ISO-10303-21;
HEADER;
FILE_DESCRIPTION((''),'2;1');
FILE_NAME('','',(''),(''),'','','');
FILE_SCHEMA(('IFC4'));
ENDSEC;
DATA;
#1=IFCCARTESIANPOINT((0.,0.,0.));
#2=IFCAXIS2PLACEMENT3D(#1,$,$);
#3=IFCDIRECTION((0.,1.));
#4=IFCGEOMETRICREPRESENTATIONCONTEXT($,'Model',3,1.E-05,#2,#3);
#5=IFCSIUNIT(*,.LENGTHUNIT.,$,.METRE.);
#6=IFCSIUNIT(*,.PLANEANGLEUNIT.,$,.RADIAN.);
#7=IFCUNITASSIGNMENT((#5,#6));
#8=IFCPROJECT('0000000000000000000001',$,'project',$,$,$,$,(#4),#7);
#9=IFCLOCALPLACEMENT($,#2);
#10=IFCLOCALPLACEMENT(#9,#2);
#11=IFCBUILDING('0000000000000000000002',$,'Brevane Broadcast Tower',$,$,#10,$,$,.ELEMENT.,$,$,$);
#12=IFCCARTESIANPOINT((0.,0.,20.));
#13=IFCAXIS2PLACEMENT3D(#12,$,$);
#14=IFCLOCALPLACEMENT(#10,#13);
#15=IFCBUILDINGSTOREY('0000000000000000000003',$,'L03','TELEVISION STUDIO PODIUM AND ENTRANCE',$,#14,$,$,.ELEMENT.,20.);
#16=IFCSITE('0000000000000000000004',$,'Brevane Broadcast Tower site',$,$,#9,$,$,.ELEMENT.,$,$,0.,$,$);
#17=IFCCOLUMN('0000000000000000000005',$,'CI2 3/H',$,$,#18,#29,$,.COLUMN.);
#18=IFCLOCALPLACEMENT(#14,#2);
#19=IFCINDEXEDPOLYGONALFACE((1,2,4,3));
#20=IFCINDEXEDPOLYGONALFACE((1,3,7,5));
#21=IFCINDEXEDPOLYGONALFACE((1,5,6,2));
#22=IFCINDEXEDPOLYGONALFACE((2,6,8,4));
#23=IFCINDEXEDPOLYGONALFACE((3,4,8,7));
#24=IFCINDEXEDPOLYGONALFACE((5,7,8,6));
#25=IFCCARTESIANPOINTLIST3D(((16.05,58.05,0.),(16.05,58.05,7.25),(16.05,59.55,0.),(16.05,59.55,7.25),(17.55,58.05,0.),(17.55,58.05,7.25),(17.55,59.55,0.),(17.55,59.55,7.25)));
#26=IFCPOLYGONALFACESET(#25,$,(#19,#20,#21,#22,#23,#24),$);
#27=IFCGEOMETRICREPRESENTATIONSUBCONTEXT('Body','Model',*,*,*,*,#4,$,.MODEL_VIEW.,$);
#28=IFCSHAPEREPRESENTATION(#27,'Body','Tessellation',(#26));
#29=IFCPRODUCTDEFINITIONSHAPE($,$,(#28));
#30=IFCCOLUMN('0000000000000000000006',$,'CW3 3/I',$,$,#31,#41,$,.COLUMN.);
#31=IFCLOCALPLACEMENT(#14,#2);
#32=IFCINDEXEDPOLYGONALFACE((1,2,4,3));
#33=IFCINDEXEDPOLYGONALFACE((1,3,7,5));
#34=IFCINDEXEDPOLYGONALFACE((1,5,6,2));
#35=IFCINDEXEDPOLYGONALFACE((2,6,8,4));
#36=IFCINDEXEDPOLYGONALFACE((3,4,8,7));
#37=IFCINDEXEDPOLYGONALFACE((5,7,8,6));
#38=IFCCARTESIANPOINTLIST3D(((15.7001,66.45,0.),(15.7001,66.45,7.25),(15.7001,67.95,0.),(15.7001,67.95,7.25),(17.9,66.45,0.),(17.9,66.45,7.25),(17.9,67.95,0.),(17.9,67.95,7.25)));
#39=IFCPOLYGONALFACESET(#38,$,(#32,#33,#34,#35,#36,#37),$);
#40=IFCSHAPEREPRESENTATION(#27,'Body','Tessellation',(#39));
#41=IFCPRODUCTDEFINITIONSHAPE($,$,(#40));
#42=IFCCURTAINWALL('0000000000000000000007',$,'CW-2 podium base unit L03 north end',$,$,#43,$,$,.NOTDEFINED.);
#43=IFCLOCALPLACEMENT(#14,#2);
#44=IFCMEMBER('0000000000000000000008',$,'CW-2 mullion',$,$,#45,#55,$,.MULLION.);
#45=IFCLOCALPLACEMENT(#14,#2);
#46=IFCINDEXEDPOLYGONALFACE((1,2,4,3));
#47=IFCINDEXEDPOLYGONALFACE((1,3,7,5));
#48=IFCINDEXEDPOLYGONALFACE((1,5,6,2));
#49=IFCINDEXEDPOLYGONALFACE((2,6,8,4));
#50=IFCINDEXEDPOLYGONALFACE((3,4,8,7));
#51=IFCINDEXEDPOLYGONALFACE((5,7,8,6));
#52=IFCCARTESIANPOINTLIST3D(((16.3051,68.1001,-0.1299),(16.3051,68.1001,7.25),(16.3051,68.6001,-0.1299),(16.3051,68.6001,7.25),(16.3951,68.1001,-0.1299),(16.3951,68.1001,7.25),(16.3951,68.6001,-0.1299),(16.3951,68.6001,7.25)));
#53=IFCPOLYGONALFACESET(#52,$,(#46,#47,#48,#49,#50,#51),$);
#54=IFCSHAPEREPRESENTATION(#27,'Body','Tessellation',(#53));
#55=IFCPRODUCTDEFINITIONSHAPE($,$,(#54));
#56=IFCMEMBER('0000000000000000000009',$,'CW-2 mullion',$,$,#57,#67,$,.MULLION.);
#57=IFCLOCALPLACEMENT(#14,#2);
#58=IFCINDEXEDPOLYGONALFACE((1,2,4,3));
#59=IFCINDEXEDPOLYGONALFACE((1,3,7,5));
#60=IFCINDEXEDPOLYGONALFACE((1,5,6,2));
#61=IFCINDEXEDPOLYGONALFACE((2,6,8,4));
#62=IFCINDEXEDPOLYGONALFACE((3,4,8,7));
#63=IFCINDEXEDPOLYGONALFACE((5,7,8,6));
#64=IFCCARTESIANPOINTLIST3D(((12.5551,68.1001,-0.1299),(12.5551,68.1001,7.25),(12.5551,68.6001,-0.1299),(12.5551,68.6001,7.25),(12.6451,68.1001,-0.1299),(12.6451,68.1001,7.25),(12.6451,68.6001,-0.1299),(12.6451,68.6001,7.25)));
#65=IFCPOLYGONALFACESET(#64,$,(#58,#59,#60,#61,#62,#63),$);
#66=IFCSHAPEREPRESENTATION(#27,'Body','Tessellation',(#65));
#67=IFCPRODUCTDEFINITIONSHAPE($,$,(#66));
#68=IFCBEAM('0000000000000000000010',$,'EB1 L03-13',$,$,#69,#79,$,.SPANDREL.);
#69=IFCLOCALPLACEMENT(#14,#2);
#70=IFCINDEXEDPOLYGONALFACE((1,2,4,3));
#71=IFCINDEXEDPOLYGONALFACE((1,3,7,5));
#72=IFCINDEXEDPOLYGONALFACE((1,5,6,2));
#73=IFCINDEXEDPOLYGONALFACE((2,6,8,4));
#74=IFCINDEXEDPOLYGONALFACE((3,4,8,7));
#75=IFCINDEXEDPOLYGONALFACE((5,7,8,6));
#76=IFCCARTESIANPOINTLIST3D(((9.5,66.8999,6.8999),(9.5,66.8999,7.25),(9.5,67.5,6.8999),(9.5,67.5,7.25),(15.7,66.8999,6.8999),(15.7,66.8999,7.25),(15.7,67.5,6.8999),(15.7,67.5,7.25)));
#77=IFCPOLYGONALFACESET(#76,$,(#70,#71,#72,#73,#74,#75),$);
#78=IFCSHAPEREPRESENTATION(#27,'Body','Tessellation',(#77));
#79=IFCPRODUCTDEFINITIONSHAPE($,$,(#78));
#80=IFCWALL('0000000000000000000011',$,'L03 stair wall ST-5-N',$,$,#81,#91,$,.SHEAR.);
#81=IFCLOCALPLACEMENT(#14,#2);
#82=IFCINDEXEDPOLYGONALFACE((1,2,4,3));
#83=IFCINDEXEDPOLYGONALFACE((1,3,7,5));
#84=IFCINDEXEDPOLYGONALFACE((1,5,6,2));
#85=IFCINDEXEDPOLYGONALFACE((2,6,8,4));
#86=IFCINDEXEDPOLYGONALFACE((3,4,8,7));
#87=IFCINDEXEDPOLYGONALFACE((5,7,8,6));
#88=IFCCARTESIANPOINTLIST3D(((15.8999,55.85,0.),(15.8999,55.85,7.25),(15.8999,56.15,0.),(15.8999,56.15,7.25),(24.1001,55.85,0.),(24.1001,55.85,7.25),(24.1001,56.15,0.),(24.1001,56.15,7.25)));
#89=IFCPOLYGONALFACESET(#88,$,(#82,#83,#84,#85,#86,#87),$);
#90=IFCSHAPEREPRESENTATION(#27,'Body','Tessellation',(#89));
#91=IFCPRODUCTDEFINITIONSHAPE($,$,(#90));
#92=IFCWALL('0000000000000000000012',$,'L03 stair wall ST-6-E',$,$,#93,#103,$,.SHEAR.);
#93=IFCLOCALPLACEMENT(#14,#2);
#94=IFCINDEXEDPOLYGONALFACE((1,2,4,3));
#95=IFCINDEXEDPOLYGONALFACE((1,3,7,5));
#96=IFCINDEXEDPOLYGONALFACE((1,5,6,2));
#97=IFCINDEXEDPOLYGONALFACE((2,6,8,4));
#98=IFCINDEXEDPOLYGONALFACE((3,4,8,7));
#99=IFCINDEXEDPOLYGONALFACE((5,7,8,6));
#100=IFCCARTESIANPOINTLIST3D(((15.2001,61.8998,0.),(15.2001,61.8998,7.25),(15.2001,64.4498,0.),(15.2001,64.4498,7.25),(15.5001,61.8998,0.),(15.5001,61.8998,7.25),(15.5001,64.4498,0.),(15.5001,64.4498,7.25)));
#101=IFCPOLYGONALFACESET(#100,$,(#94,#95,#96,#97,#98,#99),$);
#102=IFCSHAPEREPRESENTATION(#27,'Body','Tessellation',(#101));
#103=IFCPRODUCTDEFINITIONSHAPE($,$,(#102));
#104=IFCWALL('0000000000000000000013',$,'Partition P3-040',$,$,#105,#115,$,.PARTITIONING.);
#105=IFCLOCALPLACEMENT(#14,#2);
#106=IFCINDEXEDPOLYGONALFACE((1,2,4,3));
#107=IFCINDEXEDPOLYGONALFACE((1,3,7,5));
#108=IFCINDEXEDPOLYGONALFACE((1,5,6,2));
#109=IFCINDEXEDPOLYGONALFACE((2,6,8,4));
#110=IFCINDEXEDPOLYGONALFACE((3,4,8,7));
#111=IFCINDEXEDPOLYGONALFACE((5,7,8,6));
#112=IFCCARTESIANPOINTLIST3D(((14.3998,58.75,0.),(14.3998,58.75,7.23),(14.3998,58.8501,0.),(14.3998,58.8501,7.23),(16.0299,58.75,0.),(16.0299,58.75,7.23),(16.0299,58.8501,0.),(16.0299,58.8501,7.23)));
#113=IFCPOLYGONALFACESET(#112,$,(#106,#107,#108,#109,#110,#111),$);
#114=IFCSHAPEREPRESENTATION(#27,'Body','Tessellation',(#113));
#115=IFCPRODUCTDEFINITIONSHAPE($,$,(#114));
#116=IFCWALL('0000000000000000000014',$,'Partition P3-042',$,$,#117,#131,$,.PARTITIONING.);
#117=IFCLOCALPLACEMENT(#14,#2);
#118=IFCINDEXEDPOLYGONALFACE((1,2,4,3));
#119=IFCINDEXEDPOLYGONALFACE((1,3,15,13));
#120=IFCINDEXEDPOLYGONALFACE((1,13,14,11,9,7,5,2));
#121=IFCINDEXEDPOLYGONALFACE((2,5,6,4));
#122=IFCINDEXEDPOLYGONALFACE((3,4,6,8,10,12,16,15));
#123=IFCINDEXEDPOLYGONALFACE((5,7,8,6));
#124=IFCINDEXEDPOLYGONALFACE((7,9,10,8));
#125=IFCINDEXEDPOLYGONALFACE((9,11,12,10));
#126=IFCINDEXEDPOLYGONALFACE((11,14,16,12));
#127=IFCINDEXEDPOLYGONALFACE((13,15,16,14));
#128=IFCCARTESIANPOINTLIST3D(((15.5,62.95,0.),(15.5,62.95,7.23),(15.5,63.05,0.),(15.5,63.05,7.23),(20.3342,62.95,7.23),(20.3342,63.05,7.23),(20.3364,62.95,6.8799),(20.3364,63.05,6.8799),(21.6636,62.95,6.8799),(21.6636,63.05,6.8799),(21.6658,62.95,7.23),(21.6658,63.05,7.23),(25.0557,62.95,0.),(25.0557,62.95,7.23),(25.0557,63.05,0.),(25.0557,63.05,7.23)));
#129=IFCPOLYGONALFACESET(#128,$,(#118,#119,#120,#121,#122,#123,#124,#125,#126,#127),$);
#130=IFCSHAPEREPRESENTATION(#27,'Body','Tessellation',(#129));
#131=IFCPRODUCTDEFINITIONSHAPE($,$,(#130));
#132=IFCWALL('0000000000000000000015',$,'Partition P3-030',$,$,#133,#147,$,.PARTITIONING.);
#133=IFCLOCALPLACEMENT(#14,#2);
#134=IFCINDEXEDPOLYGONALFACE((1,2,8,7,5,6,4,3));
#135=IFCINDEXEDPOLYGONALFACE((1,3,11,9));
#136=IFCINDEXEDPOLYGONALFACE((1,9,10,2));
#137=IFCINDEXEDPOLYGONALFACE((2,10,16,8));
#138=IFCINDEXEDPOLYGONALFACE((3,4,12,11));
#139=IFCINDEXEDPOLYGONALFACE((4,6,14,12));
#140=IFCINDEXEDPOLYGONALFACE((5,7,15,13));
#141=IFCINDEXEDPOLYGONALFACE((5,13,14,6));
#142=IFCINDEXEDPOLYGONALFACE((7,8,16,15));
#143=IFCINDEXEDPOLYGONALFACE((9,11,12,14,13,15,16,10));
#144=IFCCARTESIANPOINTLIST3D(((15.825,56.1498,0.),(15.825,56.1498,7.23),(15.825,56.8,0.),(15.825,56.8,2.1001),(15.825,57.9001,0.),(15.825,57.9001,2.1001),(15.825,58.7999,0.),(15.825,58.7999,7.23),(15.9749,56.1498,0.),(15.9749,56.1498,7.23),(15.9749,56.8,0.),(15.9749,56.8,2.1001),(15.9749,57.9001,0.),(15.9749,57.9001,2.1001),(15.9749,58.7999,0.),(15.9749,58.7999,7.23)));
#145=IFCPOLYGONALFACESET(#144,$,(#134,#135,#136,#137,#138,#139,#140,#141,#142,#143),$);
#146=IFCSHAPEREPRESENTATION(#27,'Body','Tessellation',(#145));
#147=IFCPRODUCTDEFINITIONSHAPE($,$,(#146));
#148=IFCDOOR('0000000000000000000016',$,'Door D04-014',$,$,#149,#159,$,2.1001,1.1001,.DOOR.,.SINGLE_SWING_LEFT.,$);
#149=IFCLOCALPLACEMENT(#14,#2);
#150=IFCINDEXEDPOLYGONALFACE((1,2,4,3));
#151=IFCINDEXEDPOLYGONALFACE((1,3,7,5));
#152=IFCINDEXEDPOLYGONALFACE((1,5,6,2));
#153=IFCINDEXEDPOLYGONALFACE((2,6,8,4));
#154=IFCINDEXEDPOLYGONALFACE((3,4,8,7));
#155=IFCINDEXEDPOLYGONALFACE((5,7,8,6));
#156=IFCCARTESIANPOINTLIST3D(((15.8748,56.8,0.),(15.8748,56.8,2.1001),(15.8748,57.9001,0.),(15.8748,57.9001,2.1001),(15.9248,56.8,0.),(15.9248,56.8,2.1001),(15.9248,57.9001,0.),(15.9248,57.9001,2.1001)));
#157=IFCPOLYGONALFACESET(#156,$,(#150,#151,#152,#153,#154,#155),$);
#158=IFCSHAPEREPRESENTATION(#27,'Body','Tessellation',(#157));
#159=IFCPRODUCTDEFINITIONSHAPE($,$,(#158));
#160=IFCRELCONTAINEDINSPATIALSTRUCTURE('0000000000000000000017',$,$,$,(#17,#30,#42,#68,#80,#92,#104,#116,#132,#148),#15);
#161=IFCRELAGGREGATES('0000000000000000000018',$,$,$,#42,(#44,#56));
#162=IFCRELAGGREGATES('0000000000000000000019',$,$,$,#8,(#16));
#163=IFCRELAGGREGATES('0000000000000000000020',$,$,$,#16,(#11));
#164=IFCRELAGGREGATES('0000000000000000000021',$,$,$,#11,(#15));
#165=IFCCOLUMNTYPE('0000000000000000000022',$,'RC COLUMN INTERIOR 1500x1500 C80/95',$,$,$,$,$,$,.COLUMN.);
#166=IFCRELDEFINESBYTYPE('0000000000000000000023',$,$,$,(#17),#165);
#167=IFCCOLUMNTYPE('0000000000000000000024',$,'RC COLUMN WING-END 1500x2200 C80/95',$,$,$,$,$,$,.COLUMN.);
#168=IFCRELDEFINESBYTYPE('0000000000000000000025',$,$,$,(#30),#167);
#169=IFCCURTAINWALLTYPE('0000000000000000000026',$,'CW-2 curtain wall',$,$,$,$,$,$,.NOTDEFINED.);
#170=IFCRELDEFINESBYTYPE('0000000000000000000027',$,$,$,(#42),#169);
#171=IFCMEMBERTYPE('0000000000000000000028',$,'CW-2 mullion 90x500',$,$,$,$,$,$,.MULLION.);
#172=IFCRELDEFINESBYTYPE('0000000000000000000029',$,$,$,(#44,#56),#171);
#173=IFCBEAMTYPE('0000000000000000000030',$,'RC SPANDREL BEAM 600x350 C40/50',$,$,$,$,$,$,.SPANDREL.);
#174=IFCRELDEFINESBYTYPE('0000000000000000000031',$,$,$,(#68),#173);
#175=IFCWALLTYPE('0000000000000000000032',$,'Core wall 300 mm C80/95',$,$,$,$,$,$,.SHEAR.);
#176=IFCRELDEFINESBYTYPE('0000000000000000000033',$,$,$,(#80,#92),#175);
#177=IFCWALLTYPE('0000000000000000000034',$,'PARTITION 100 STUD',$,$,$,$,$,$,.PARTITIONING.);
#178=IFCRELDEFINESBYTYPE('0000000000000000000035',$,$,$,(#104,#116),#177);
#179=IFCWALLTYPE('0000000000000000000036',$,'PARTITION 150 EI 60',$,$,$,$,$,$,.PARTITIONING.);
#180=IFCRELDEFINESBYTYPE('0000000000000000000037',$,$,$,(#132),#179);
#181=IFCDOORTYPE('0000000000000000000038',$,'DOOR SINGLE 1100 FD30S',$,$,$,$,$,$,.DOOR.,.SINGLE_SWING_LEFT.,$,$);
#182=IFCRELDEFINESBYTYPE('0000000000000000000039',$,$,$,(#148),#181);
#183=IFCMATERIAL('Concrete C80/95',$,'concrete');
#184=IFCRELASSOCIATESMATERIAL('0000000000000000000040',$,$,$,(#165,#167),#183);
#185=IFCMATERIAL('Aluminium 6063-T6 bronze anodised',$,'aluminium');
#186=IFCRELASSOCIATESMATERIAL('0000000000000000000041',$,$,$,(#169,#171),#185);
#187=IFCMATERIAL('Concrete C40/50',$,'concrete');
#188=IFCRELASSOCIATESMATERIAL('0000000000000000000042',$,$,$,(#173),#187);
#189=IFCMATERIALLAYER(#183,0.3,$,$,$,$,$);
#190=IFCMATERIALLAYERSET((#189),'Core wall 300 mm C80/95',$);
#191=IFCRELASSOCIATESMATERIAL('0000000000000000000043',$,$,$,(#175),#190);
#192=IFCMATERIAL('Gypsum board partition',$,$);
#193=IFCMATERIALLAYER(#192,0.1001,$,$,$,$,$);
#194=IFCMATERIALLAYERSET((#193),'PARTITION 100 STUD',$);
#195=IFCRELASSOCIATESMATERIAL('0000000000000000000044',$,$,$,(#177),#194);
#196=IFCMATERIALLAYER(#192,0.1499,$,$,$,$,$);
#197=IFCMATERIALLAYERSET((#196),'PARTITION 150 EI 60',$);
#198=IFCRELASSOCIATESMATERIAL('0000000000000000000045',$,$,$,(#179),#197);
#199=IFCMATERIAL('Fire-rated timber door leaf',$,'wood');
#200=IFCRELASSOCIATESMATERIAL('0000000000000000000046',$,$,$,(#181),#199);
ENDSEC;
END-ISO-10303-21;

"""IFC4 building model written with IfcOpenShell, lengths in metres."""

from ifc_helpers import new_model, si_unit, direction, frame, frame_2d, origin, origin_2d, place, context, subcontext, project, spatial, polyline, rectangle, outline, extrude, material, layer, layer_set, material_profile, profile_set, type_object, element, fill, aggregate, save


model = new_model("IFC4")

# Units and contexts
model_context = context("Model", 3, precision=1e-05, world=origin(), true_north=direction((0.0, 1.0)))
body_context = subcontext(model_context, "Body", "Model", "MODEL_VIEW")
ifc_project = project(units=[si_unit("LENGTHUNIT", "METRE"), si_unit("PLANEANGLEUNIT", "RADIAN")], contexts=[model_context])

# Site, building, storey
site_placement = place(None, origin())
site = spatial("IfcSite", under=ifc_project, at=site_placement, Name="Brevane Broadcast Tower site", CompositionType="ELEMENT", RefElevation=0.0)
building_placement = place(site_placement, origin())
building = spatial("IfcBuilding", under=site, at=building_placement, Name="Brevane Broadcast Tower", CompositionType="ELEMENT")
storey_placement = place(building_placement, frame((0.0, 0.0, 20.0)))
storey = spatial("IfcBuildingStorey", under=building, at=storey_placement, Name="L03", Description="TELEVISION STUDIO PODIUM AND ENTRANCE", CompositionType="ELEMENT", Elevation=20.0)

# Columns
ifc_material_1 = material(Name="Concrete C80/95", Category="concrete")
ifc_material_profile_1 = material_profile(ifc_material_1, rectangle(XDim=1.5, YDim=1.5, at=origin_2d()), Name="RC 1500x1500")
ifc_profile_set_1 = profile_set([ifc_material_profile_1], Name="Concrete C80/95")
column_type_1 = type_object("IfcColumnType", Name="RC COLUMN INTERIOR 1500x1500 C80/95", PredefinedType="COLUMN", material=ifc_profile_set_1)
column_1_placement = place(storey_placement, frame((16.8, 58.8, 0.0), z_axis=(0.0, 0.0, 1.0), x_axis=(1.0, 0.0, 0.0)))
element("IfcColumn", 1, at=column_1_placement, inside=storey, type_object=column_type_1, Name="CI2 3/H", PredefinedType="COLUMN", context=body_context, shape_type="SweptSolid", body=[
    extrude(rectangle(XDim=1.5, YDim=1.5, at=origin_2d()), origin(), (0.0, 0.0, 1.0), 7.25),
])
ifc_material_profile_2 = material_profile(ifc_material_1, rectangle(XDim=1.5, YDim=2.2, at=origin_2d()), Name="RC 1500x2200")
ifc_profile_set_2 = profile_set([ifc_material_profile_2], Name="Concrete C80/95")
column_type_2 = type_object("IfcColumnType", Name="RC COLUMN WING-END 1500x2200 C80/95", PredefinedType="COLUMN", material=ifc_profile_set_2)
column_2_placement = place(storey_placement, frame((16.8, 67.2, 0.0), z_axis=(0.0, 0.0, 1.0), x_axis=(0.0, 1.0, 0.0)))
element("IfcColumn", 2, at=column_2_placement, inside=storey, type_object=column_type_2, Name="CW3 3/I", PredefinedType="COLUMN", context=body_context, shape_type="SweptSolid", body=[
    extrude(rectangle(XDim=1.5, YDim=2.2, at=origin_2d()), origin(), (0.0, 0.0, 1.0), 7.25),
])

# Curtain wall, members
ifc_material_2 = material(Name="Aluminium 6063-T6 bronze anodised", Category="aluminium")
curtain_wall_type = type_object("IfcCurtainWallType", Name="CW-2 curtain wall", PredefinedType="NOTDEFINED", material=ifc_material_2)
curtain_wall_placement = place(storey_placement, origin())
curtain_wall = element("IfcCurtainWall", 3, at=curtain_wall_placement, inside=storey, type_object=curtain_wall_type, Name="CW-2 podium base unit L03 north end", PredefinedType="NOTDEFINED")
ifc_material_profile_3 = material_profile(ifc_material_2, rectangle(XDim=0.5, YDim=0.0901, at=origin_2d()), Name="RECT 90x500")
ifc_profile_set_3 = profile_set([ifc_material_profile_3], Name="Aluminium 6063-T6 bronze anodised")
member_type = type_object("IfcMemberType", Name="CW-2 mullion 90x500", PredefinedType="MULLION", material=ifc_profile_set_3)
member_1_placement = place(storey_placement, frame((16.3501, 68.3501, -0.1299), z_axis=(0.0, 0.0, 1.0), x_axis=(0.0, -1.0, 0.0)))
member_1 = element("IfcMember", 4, at=member_1_placement, type_object=member_type, Name="CW-2 mullion", PredefinedType="MULLION", context=body_context, shape_type="SweptSolid", body=[
    extrude(rectangle(XDim=0.5, YDim=0.0901, at=origin_2d()), origin(), (0.0, 0.0, 1.0), 7.3799),
])
member_2_placement = place(storey_placement, frame((12.6001, 68.3501, -0.1299), z_axis=(0.0, 0.0, 1.0), x_axis=(0.0, -1.0, 0.0)))
member_2 = element("IfcMember", 5, at=member_2_placement, type_object=member_type, Name="CW-2 mullion", PredefinedType="MULLION", context=body_context, shape_type="SweptSolid", body=[
    extrude(rectangle(XDim=0.5, YDim=0.0901, at=origin_2d()), origin(), (0.0, 0.0, 1.0), 7.3799),
])
aggregate(curtain_wall, [member_1, member_2])

# Beam
ifc_material_3 = material(Name="Concrete C40/50", Category="concrete")
ifc_material_profile_4 = material_profile(ifc_material_3, rectangle(XDim=0.6001, YDim=0.3501, at=origin_2d()), Name="RC 600x350")
ifc_profile_set_4 = profile_set([ifc_material_profile_4], Name="Concrete C40/50")
beam_type = type_object("IfcBeamType", Name="RC SPANDREL BEAM 600x350 C40/50", PredefinedType="SPANDREL", material=ifc_profile_set_4)
beam_placement = place(storey_placement, frame((15.7, 67.2, 7.075), z_axis=(-1.0, 0.0, 0.0), x_axis=(0.0, -1.0, 0.0)))
element("IfcBeam", 6, at=beam_placement, inside=storey, type_object=beam_type, Name="EB1 L03-13", PredefinedType="SPANDREL", context=body_context, shape_type="SweptSolid", body=[
    extrude(rectangle(XDim=0.6001, YDim=0.3501, at=origin_2d()), origin(), (0.0, 0.0, 1.0), 6.2),
])

# Walls
ifc_layer_1 = layer(ifc_material_1, 0.3)
ifc_layer_set_1 = layer_set([ifc_layer_1], Name="Core wall 300 mm C80/95")
wall_type_1 = type_object("IfcWallType", Name="Core wall 300 mm C80/95", PredefinedType="SHEAR", material=ifc_layer_set_1)
wall_1_placement = place(storey_placement, frame((15.8999, 56.0, 0.0), z_axis=(0.0, 0.0, 1.0), x_axis=(1.0, 0.0, 0.0)))
element("IfcWall", 7, at=wall_1_placement, inside=storey, type_object=wall_type_1, Name="L03 stair wall ST-5-N", PredefinedType="SHEAR", context=body_context, shape_type="SweptSolid", body=[
    extrude(rectangle(XDim=8.2002, YDim=0.3, at=frame_2d((4.1001, 0.0))), origin(), (0.0, 0.0, 1.0), 7.25),
])
wall_2_placement = place(storey_placement, frame((15.3501, 61.8999, 0.0), z_axis=(0.0, 0.0, 1.0), x_axis=(0.0, 1.0, 0.0)))
element("IfcWall", 8, at=wall_2_placement, inside=storey, type_object=wall_type_1, Name="L03 stair wall ST-6-E", PredefinedType="SHEAR", context=body_context, shape_type="SweptSolid", body=[
    extrude(rectangle(XDim=2.55, YDim=0.3, at=frame_2d((1.2749, 0.0))), origin(), (0.0, 0.0, 1.0), 7.25),
])
ifc_material_4 = material(Name="Gypsum board partition")
ifc_layer_2 = layer(ifc_material_4, 0.1001)
ifc_layer_set_2 = layer_set([ifc_layer_2], Name="PARTITION 100 STUD")
wall_type_2 = type_object("IfcWallType", Name="PARTITION 100 STUD", PredefinedType="PARTITIONING", material=ifc_layer_set_2)
wall_3_placement = place(storey_placement, frame((14.3999, 58.8, 0.0), z_axis=(0.0, 0.0, 1.0), x_axis=(1.0, 0.0, 0.0)))
element("IfcWall", 9, at=wall_3_placement, inside=storey, type_object=wall_type_2, Name="Partition P3-040", PredefinedType="PARTITIONING", context=body_context, shape_type="SweptSolid", body=[
    extrude(rectangle(XDim=1.6301, YDim=0.1001, at=frame_2d((0.8149, 0.0))), origin(), (0.0, 0.0, 1.0), 7.23),
])
wall_4_placement = place(storey_placement, frame((15.5, 63.0, 0.0), z_axis=(0.0, 0.0, 1.0), x_axis=(1.0, 0.0, 0.0)))
element("IfcWall", 10, at=wall_4_placement, inside=storey, type_object=wall_type_2, Name="Partition P3-042", PredefinedType="PARTITIONING", context=body_context, shape_type="SweptSolid", body=[
    extrude(outline(polyline([(0.0, 0.0), (9.5557, 0.0), (9.5557, 7.23), (6.1658, 7.23), (6.1636, 6.8799), (4.8364, 6.8799), (4.8342, 7.23), (0.0, 7.23), (0.0, 0.0)])), frame((0.0, 0.05, 0.0), z_axis=(0.0, -1.0, 0.0), x_axis=(1.0, 0.0, 0.0)), (0.0, 0.0, 1.0), 0.1001),
])

# Wall, opening, door
ifc_layer_3 = layer(ifc_material_4, 0.1499)
ifc_layer_set_3 = layer_set([ifc_layer_3], Name="PARTITION 150 EI 60")
wall_type_3 = type_object("IfcWallType", Name="PARTITION 150 EI 60", PredefinedType="PARTITIONING", material=ifc_layer_set_3)
wall_5_placement = place(storey_placement, frame((15.8999, 58.8, 0.0), z_axis=(0.0, 0.0, 1.0), x_axis=(0.0, -1.0, 0.0)))
wall_5 = element("IfcWall", 11, at=wall_5_placement, inside=storey, type_object=wall_type_3, Name="Partition P3-030", PredefinedType="PARTITIONING", context=body_context, shape_type="SweptSolid", body=[
    extrude(rectangle(XDim=2.6501, YDim=0.1499, at=frame_2d((1.3252, 0.0))), origin(), (0.0, 0.0, 1.0), 7.23),
])
opening_1_placement = place(wall_5_placement, frame((0.8999, 0.0, 0.0)))
opening_1 = element("IfcOpeningElement", 12, at=opening_1_placement, cuts=wall_5, PredefinedType="OPENING", context=body_context, shape_type="SweptSolid", body=[
    extrude(rectangle(XDim=1.1001, YDim=2.1001, at=frame_2d((0.55, 1.05))), frame((0.0, 0.085, 0.0), z_axis=(0.0, -1.0, 0.0), x_axis=(1.0, 0.0, 0.0)), (0.0, 0.0, 1.0), 0.1699),
])
ifc_material_5 = material(Name="Fire-rated timber door leaf", Category="wood")
door_type = type_object("IfcDoorType", Name="DOOR SINGLE 1100 FD30S", OperationType="SINGLE_SWING_LEFT", PredefinedType="DOOR", material=ifc_material_5)
door_1_placement = place(opening_1_placement, origin())
door_1 = element("IfcDoor", 13, at=door_1_placement, inside=storey, type_object=door_type, Name="Door D04-014", OperationType="SINGLE_SWING_LEFT", OverallHeight=2.1001, OverallWidth=1.1001, PredefinedType="DOOR", context=body_context, shape_type="SweptSolid", body=[
    extrude(rectangle(XDim=1.1001, YDim=2.1001, at=frame_2d((0.55, 1.05))), frame((0.0, 0.0249, 0.0), z_axis=(0.0, -1.0, 0.0), x_axis=(1.0, 0.0, 0.0)), (0.0, 0.0, 1.0), 0.05),
])
fill(opening_1, door_1)

save(model, "model.ifc")
